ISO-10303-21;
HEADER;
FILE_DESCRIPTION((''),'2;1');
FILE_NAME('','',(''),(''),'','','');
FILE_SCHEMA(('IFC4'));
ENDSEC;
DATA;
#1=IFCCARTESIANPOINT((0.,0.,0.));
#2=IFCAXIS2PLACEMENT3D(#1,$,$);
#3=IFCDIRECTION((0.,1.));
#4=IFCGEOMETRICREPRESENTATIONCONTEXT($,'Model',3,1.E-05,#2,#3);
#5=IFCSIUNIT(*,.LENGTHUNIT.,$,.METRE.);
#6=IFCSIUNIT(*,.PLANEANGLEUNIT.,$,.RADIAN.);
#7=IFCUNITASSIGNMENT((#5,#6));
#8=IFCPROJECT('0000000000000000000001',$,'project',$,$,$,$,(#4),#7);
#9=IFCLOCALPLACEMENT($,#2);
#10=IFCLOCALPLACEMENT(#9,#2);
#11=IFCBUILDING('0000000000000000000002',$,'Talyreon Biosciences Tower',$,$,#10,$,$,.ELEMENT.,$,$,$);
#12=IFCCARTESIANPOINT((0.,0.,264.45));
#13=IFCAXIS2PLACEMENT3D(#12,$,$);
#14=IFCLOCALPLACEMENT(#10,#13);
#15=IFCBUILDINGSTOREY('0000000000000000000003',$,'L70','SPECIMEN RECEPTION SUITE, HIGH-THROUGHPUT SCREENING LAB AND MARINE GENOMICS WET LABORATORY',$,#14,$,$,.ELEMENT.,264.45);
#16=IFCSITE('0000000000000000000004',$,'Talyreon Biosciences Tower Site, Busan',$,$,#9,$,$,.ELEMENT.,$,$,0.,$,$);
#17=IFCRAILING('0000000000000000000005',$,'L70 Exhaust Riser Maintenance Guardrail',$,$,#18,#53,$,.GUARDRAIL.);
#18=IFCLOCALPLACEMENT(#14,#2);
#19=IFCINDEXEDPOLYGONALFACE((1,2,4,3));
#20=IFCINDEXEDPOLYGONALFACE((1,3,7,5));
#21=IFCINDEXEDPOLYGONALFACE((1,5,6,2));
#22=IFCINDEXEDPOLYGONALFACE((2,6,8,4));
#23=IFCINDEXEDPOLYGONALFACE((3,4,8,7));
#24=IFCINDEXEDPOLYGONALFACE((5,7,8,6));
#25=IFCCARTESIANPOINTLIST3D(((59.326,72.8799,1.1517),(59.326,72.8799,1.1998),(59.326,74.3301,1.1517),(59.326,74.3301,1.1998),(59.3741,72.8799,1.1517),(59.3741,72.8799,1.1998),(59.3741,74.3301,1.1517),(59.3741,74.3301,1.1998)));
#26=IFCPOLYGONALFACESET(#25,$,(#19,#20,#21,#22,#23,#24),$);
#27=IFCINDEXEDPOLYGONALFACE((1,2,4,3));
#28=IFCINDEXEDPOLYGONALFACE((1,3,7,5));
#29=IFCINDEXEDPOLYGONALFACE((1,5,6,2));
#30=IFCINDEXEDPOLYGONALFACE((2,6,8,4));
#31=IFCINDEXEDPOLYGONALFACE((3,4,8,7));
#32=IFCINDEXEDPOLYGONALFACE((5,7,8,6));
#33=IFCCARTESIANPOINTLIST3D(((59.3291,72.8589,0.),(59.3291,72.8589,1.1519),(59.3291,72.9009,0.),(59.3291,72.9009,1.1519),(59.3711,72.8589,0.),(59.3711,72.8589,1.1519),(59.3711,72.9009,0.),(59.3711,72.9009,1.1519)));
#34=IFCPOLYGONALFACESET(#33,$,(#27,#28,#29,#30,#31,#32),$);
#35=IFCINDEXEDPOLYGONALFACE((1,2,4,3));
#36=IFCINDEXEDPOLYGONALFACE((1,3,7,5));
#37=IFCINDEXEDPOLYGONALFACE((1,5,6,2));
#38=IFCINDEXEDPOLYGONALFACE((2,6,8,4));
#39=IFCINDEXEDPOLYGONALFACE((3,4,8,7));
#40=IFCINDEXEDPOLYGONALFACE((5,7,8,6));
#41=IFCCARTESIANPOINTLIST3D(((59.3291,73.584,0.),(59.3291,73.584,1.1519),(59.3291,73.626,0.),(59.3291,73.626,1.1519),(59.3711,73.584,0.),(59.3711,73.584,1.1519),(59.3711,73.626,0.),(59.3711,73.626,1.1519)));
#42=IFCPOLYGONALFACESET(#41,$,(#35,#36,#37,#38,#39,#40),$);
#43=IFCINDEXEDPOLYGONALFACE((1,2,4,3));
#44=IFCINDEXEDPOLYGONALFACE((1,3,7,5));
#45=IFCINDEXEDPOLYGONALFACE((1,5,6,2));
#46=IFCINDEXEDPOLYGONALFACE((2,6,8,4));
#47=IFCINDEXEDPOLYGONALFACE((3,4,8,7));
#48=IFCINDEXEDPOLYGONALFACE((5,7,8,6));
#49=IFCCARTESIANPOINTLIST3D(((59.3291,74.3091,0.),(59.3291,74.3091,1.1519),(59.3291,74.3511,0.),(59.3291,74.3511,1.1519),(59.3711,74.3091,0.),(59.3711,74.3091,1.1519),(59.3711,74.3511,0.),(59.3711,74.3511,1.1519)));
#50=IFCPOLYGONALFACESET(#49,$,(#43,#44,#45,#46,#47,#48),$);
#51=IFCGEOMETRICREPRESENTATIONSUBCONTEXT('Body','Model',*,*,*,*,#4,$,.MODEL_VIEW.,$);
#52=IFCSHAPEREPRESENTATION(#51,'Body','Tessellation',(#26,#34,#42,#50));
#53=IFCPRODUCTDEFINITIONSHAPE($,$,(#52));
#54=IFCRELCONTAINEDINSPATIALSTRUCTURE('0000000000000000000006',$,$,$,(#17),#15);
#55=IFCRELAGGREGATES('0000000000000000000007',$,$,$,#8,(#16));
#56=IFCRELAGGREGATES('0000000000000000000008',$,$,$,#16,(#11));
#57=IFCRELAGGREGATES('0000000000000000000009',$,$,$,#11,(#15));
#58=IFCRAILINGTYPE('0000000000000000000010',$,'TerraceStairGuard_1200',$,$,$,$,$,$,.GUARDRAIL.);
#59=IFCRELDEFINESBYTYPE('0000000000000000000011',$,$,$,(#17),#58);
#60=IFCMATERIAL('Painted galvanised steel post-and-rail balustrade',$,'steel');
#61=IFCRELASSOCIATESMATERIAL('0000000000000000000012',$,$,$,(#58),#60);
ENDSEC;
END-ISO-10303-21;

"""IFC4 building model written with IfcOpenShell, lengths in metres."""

from ifc_helpers import new_model, si_unit, direction, frame, origin, origin_2d, place, context, subcontext, project, spatial, rectangle, extrude, material, type_object, element, save


model = new_model("IFC4")

# Units and contexts
model_context = context("Model", 3, precision=1e-05, world=origin(), true_north=direction((0.0, 1.0)))
body_context = subcontext(model_context, "Body", "Model", "MODEL_VIEW")
ifc_project = project(units=[si_unit("LENGTHUNIT", "METRE"), si_unit("PLANEANGLEUNIT", "RADIAN")], contexts=[model_context])

# Site, building, storey
site_placement = place(None, origin())
site = spatial("IfcSite", under=ifc_project, at=site_placement, Name="Talyreon Biosciences Tower Site, Busan", CompositionType="ELEMENT", RefElevation=0.0)
building_placement = place(site_placement, origin())
building = spatial("IfcBuilding", under=site, at=building_placement, Name="Talyreon Biosciences Tower", CompositionType="ELEMENT")
storey_placement = place(building_placement, frame((0.0, 0.0, 264.45)))
storey = spatial("IfcBuildingStorey", under=building, at=storey_placement, Name="L70", Description="SPECIMEN RECEPTION SUITE, HIGH-THROUGHPUT SCREENING LAB AND MARINE GENOMICS WET LABORATORY", CompositionType="ELEMENT", Elevation=264.45)

# Railing
ifc_material_1 = material(Name="Painted galvanised steel post-and-rail balustrade", Category="steel")
railing_type_1 = type_object("IfcRailingType", Name="TerraceStairGuard_1200", PredefinedType="GUARDRAIL", material=ifc_material_1)
railing_1_placement = place(storey_placement, frame((59.3501, 72.8799, 0.0)))
element("IfcRailing", 1, at=railing_1_placement, inside=storey, type_object=railing_type_1, Name="L70 Exhaust Riser Maintenance Guardrail", PredefinedType="GUARDRAIL", context=body_context, shape_type="SweptSolid", body=[
    extrude(rectangle(XDim=0.0481, YDim=0.0481, at=origin_2d()), frame((0.0, 0.0, 1.1758), z_axis=(0.0, 1.0, 0.0), x_axis=(-1.0, 0.0, 0.0)), (0.0, 0.0, 1.0), 1.4502),
    extrude(rectangle(XDim=0.042, YDim=0.042, at=origin_2d()), origin(), (0.0, 0.0, 1.0), 1.1519),
    extrude(rectangle(XDim=0.042, YDim=0.042, at=origin_2d()), frame((0.0, 0.7251, 0.0)), (0.0, 0.0, 1.0), 1.1519),
    extrude(rectangle(XDim=0.042, YDim=0.042, at=origin_2d()), frame((0.0, 1.4502, 0.0)), (0.0, 0.0, 1.0), 1.1519),
])

save(model, "model.ifc")
